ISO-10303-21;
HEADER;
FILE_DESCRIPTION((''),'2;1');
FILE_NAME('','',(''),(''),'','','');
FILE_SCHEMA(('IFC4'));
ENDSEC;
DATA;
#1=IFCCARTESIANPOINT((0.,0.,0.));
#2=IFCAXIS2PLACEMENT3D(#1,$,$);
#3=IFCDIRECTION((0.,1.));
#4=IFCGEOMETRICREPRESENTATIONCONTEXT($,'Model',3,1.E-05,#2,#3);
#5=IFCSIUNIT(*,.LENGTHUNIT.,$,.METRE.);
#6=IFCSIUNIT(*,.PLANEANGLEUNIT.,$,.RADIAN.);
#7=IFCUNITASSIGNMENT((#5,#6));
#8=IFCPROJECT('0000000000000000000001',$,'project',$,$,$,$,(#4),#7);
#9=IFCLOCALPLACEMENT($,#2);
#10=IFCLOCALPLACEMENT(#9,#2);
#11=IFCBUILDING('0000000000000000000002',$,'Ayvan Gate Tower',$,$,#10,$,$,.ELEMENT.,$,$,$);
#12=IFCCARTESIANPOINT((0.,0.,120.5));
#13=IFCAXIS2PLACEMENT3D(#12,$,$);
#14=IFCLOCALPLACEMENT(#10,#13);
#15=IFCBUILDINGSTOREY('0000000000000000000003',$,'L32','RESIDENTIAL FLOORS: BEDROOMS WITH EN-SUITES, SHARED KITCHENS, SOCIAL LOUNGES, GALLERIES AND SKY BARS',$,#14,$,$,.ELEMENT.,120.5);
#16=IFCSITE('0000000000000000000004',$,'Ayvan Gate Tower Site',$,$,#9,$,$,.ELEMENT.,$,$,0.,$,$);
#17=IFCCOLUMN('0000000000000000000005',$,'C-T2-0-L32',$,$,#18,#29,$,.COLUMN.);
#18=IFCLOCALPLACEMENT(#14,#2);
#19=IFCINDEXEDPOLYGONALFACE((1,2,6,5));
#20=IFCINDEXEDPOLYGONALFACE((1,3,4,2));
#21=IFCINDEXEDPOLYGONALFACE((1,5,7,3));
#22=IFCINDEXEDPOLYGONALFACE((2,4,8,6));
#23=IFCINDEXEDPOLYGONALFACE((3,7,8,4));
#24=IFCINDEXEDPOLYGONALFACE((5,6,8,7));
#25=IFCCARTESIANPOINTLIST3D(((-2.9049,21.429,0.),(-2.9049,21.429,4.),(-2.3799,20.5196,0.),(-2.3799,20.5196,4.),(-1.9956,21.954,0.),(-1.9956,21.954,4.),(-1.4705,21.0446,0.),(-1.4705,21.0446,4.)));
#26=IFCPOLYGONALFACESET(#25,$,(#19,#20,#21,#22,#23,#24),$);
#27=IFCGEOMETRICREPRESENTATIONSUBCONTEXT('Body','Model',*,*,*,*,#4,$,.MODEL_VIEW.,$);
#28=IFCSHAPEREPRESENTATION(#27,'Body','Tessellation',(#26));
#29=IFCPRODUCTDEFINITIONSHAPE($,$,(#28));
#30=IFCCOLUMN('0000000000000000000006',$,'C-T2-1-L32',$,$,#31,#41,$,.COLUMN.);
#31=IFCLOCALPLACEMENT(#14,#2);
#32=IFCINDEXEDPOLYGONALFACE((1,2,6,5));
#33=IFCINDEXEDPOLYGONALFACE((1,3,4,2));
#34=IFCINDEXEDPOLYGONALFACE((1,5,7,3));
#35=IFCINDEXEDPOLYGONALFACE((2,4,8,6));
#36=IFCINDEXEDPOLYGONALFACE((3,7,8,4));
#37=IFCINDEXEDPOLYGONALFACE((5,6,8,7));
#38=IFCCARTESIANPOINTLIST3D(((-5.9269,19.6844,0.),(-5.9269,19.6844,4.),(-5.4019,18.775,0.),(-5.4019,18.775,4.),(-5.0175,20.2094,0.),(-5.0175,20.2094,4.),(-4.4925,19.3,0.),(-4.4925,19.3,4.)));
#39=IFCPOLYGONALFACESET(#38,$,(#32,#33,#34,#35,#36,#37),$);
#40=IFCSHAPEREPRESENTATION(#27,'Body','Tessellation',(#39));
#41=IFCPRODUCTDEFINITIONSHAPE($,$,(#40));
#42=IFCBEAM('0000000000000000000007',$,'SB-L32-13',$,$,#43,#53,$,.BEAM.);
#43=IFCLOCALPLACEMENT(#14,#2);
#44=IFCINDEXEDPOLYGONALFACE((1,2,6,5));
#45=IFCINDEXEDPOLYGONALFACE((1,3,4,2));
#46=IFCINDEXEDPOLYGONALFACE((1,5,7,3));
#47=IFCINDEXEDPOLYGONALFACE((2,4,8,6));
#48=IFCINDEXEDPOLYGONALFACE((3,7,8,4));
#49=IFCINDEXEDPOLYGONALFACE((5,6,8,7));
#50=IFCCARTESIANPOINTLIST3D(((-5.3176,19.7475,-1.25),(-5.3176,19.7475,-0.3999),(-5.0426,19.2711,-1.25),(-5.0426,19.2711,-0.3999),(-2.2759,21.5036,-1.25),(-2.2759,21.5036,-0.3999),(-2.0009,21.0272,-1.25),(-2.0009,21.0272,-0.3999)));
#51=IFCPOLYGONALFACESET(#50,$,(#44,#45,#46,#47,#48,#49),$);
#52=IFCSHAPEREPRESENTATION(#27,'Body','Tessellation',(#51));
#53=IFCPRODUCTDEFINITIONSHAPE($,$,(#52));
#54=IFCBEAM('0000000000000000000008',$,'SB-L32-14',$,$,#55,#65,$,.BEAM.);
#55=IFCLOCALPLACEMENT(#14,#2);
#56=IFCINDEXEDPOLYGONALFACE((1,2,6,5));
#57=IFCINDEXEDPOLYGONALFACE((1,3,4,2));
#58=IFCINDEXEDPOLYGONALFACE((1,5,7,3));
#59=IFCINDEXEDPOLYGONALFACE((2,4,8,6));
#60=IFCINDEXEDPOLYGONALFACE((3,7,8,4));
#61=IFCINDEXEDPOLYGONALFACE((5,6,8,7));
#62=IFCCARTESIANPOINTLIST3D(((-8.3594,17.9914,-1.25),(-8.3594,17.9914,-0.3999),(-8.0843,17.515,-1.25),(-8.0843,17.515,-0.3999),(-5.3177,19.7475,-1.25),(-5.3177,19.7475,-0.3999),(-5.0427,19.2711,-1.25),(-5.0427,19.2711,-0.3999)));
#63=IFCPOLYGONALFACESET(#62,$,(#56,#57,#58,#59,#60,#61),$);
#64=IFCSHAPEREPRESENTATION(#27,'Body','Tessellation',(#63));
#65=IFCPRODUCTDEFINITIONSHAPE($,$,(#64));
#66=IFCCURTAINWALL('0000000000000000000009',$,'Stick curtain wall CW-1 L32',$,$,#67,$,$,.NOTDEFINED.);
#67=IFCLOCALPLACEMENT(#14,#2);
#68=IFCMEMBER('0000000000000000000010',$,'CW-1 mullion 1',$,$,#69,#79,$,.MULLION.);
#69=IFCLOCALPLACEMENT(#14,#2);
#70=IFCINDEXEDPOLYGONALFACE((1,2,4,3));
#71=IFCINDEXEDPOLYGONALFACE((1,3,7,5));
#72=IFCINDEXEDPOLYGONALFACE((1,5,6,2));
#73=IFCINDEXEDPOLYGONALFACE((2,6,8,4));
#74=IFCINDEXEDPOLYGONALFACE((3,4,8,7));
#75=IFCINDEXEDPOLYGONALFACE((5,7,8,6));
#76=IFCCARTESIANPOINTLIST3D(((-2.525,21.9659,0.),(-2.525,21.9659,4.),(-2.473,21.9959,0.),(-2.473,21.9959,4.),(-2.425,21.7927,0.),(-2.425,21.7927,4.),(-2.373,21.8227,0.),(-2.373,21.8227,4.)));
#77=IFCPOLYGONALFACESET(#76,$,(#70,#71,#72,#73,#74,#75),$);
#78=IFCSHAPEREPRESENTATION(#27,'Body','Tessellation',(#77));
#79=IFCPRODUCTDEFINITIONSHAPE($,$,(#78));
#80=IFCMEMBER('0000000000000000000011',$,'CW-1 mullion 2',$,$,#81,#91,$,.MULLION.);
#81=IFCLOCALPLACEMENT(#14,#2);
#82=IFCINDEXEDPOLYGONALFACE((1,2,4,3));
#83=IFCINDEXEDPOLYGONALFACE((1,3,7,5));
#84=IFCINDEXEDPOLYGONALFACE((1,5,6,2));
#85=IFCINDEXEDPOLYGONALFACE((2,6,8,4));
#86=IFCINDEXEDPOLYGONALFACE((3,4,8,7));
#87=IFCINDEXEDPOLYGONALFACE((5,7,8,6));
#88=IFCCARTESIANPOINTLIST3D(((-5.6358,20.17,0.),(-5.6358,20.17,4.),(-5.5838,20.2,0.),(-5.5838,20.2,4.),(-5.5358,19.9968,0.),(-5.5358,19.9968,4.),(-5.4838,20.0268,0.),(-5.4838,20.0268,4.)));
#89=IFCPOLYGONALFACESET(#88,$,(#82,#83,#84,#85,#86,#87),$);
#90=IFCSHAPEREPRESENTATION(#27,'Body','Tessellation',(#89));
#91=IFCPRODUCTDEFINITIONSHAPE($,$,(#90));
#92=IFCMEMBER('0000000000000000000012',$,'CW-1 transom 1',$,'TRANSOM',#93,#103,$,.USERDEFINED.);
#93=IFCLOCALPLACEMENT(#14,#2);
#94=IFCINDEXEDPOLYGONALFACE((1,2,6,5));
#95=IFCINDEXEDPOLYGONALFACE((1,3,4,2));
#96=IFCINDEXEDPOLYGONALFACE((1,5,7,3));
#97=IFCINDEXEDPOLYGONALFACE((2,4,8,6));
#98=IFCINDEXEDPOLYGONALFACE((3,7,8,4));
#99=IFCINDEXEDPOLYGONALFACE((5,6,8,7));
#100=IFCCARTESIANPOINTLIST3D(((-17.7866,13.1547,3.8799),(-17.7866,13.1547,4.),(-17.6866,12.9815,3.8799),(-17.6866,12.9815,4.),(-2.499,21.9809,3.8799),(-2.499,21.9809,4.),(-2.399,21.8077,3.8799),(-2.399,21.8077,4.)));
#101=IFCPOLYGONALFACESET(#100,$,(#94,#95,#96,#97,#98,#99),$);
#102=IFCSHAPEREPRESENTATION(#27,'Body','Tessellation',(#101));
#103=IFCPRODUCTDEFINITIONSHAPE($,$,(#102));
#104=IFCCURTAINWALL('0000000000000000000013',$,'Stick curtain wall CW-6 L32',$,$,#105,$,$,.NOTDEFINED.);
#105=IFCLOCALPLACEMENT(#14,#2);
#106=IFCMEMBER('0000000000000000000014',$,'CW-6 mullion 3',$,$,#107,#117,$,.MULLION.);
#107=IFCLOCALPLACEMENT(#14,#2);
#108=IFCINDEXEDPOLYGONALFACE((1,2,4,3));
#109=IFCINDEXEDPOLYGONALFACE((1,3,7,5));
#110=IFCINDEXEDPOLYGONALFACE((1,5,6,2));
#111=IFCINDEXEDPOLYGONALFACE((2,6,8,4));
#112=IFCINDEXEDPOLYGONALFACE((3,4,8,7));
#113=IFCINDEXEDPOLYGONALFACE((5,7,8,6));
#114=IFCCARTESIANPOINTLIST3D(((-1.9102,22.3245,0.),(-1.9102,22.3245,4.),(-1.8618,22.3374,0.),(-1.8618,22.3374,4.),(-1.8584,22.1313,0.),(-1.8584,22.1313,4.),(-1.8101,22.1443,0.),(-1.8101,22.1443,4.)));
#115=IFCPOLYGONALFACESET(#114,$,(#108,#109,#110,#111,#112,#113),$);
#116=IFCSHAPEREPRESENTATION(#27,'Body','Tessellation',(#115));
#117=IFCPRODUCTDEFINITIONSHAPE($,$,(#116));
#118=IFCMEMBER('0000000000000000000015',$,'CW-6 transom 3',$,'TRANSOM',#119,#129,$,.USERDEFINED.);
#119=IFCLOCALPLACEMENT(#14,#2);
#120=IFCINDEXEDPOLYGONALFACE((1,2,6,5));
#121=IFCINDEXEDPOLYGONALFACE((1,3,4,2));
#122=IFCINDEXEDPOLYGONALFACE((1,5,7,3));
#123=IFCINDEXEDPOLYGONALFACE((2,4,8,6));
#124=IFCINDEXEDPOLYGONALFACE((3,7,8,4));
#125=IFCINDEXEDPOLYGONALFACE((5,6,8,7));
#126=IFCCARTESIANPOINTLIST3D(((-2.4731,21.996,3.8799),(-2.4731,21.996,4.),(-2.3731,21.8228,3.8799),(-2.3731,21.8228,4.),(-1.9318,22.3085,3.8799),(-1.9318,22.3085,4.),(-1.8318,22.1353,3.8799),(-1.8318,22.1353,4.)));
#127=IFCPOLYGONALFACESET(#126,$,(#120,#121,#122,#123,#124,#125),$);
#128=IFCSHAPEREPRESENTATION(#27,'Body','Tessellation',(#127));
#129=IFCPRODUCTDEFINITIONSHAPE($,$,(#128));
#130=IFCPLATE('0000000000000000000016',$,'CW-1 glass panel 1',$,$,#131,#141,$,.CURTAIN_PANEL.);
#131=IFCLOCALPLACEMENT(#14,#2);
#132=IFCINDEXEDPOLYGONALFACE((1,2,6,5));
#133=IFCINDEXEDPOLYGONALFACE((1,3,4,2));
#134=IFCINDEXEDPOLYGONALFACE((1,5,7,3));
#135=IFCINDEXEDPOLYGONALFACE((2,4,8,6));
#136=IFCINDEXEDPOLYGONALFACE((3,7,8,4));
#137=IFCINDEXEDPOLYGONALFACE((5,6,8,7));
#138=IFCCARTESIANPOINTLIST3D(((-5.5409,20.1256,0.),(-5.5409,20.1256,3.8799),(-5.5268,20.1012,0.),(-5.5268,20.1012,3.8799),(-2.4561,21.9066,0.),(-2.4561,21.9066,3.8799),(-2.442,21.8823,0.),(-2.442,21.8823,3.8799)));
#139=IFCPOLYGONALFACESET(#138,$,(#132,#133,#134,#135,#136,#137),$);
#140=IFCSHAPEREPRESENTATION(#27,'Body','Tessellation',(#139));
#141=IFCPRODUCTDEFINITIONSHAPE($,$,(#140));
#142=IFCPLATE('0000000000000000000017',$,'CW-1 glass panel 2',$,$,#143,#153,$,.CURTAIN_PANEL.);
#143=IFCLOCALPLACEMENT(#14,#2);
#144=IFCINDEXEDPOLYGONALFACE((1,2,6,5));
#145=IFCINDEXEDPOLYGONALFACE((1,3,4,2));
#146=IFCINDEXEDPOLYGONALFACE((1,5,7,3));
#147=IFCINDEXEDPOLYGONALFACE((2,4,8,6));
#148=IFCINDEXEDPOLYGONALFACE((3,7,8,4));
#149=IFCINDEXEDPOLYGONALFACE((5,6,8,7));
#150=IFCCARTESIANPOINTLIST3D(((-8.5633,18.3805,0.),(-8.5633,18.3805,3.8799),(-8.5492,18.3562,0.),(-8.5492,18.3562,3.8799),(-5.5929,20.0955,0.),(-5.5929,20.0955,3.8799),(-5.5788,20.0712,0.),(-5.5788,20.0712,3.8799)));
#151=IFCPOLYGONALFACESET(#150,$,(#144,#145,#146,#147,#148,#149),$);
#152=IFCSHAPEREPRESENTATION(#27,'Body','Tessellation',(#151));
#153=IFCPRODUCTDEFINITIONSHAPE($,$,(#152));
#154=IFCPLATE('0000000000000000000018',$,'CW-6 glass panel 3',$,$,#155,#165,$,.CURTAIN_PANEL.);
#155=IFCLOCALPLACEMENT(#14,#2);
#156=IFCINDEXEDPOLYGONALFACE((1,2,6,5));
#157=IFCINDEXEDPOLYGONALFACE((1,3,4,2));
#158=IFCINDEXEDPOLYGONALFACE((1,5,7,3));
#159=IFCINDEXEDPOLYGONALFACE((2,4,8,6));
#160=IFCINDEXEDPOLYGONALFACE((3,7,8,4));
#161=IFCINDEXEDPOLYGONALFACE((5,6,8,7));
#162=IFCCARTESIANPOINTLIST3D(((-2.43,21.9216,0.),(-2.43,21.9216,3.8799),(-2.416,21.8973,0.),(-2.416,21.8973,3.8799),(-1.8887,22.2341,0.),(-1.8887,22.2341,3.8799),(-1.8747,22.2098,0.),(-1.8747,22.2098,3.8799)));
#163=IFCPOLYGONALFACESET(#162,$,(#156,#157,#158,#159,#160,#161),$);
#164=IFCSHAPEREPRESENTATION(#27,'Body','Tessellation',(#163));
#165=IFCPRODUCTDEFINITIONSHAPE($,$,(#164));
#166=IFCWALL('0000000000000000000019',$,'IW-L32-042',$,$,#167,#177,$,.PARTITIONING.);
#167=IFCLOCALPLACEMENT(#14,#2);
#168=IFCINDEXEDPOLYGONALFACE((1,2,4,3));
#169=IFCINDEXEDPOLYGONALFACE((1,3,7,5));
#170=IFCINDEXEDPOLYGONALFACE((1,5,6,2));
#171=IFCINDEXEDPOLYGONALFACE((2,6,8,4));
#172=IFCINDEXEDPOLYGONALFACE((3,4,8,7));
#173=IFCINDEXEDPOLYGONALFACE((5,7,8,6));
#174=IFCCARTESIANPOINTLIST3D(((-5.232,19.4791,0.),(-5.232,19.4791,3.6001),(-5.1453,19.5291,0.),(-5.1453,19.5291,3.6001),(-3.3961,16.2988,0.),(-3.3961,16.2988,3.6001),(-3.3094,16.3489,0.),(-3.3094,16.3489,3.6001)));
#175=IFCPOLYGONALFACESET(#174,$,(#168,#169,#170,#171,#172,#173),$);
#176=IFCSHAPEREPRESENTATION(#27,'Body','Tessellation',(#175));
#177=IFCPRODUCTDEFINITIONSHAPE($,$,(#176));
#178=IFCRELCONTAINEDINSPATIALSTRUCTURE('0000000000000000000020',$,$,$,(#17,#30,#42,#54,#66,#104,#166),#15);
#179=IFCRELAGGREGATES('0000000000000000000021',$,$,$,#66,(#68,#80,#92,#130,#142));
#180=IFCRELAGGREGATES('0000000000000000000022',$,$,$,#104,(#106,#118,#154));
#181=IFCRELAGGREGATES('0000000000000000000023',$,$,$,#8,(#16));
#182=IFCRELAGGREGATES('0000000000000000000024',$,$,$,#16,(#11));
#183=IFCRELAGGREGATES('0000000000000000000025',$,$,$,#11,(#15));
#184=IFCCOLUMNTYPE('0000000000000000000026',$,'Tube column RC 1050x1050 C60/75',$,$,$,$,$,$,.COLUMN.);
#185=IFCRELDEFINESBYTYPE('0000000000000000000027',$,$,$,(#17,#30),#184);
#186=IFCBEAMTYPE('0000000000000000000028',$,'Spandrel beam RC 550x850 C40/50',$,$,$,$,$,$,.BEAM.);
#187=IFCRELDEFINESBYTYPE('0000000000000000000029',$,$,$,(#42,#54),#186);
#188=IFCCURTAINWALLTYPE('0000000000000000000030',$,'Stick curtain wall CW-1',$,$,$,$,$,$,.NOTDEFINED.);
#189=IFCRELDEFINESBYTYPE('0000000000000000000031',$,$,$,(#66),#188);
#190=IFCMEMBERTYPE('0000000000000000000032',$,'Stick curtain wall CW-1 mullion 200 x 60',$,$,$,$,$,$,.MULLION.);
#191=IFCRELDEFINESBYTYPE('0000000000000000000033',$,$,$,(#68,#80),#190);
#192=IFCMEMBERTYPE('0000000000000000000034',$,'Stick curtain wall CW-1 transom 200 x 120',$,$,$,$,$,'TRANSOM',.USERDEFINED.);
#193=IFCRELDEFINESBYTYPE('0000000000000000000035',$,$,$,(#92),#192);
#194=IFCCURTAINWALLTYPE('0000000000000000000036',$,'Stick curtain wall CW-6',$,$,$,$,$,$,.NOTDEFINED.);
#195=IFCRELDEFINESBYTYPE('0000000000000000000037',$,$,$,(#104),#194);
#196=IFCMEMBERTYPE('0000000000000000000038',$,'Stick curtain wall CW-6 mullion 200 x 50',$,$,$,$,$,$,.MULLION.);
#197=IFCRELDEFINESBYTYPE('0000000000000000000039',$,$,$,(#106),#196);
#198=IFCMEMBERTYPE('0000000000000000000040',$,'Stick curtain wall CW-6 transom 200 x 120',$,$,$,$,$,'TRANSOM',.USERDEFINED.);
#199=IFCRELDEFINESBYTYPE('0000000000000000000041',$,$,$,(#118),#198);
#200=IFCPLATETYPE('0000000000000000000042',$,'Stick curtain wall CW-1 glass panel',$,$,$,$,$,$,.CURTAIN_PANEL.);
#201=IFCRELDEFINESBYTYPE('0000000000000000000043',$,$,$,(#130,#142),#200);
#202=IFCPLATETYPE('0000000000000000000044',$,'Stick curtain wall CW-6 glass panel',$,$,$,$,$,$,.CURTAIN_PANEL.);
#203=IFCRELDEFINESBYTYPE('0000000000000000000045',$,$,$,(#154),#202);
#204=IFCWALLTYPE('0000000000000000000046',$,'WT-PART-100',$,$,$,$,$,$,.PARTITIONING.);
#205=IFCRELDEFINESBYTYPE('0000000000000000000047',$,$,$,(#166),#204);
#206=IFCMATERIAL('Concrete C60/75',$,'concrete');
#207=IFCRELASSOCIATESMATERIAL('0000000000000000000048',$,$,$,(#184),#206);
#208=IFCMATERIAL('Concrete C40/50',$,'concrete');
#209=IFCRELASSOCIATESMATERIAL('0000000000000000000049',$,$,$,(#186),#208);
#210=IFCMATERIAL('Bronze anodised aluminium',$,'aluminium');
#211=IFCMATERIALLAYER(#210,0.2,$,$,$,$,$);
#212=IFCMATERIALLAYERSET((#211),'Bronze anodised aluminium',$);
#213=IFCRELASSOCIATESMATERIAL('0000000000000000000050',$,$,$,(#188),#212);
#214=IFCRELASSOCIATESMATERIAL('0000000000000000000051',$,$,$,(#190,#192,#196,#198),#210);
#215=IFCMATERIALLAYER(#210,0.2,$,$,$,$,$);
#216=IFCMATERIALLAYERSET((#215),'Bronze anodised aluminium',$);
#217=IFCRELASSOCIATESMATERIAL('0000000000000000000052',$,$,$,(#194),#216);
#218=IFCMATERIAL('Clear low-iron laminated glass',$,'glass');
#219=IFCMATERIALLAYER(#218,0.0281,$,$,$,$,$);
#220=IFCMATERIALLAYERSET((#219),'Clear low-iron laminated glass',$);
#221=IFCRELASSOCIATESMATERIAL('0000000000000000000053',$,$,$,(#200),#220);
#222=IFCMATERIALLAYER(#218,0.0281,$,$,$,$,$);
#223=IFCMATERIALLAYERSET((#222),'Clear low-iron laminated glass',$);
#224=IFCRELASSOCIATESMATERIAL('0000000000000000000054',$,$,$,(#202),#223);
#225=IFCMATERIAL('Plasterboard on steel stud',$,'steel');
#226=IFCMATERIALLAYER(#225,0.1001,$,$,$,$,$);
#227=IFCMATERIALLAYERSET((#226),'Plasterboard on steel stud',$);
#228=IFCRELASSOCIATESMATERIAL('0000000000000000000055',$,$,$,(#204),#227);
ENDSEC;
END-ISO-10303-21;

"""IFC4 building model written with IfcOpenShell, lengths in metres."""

from ifc_helpers import new_model, si_unit, direction, frame, frame_2d, origin, origin_2d, place, context, subcontext, project, spatial, rectangle, extrude, material, layer, layer_set, material_profile, profile_set, type_object, element, aggregate, save


model = new_model("IFC4")

# Units and contexts
model_context = context("Model", 3, precision=1e-05, world=origin(), true_north=direction((0.0, 1.0)))
body_context = subcontext(model_context, "Body", "Model", "MODEL_VIEW")
ifc_project = project(units=[si_unit("LENGTHUNIT", "METRE"), si_unit("PLANEANGLEUNIT", "RADIAN")], contexts=[model_context])

# Site, building, storey
site_placement = place(None, origin())
site = spatial("IfcSite", under=ifc_project, at=site_placement, Name="Ayvan Gate Tower Site", CompositionType="ELEMENT", RefElevation=0.0)
building_placement = place(site_placement, origin())
building = spatial("IfcBuilding", under=site, at=building_placement, Name="Ayvan Gate Tower", CompositionType="ELEMENT")
storey_placement = place(building_placement, frame((0.0, 0.0, 120.5)))
storey = spatial("IfcBuildingStorey", under=building, at=storey_placement, Name="L32", Description="RESIDENTIAL FLOORS: BEDROOMS WITH EN-SUITES, SHARED KITCHENS, SOCIAL LOUNGES, GALLERIES AND SKY BARS", CompositionType="ELEMENT", Elevation=120.5)

# Columns
ifc_material_1 = material(Name="Concrete C60/75", Category="concrete")
ifc_material_profile_1 = material_profile(ifc_material_1, rectangle(XDim=1.05, YDim=1.05, at=origin_2d()), Name="RC 1050x1050")
ifc_profile_set_1 = profile_set([ifc_material_profile_1], Name="Concrete C60/75")
column_type = type_object("IfcColumnType", Name="Tube column RC 1050x1050 C60/75", PredefinedType="COLUMN", material=ifc_profile_set_1)
for number, where, z_axis, x_axis, name in (
    (1, (-2.1877, 21.2368, 0.0), (0.0, 0.0, 1.0), (-0.5, 0.866025, 0.0), "C-T2-0-L32"),
    (2, (-5.2097, 19.4922, 0.0), (0.0, 0.0, 1.0), (-0.5, 0.866025, 0.0), "C-T2-1-L32"),
):
    element("IfcColumn", number, at=place(storey_placement, frame(where, z_axis=z_axis, x_axis=x_axis)), inside=storey, type_object=column_type, Name=name, PredefinedType="COLUMN", context=body_context, shape_type="SweptSolid", body=[
        extrude(rectangle(XDim=1.05, YDim=1.05, at=origin_2d()), origin(), (0.0, 0.0, 1.0), 4.0),
    ])

# Beams
ifc_material_2 = material(Name="Concrete C40/50", Category="concrete")
ifc_material_profile_2 = material_profile(ifc_material_2, rectangle(XDim=0.55, YDim=0.8501, at=origin_2d()), Name="RC 550x850")
ifc_profile_set_2 = profile_set([ifc_material_profile_2], Name="Concrete C40/50")
beam_type = type_object("IfcBeamType", Name="Spandrel beam RC 550x850 C40/50", PredefinedType="BEAM", material=ifc_profile_set_2)
for number, where, z_axis, x_axis, name in (
    (3, (-2.1384, 21.2654, -0.825), (-0.866032, -0.499989, 0.0), (0.499989, -0.866032, 0.0), "SB-L32-13"),
    (4, (-5.1802, 19.5093, -0.825), (-0.866032, -0.499989, 0.0), (0.499989, -0.866032, 0.0), "SB-L32-14"),
):
    element("IfcBeam", number, at=place(storey_placement, frame(where, z_axis=z_axis, x_axis=x_axis)), inside=storey, type_object=beam_type, Name=name, PredefinedType="BEAM", context=body_context, shape_type="SweptSolid", body=[
        extrude(rectangle(XDim=0.55, YDim=0.8501, at=origin_2d()), origin(), (0.0, 0.0, 1.0), 3.5122),
    ])

# Curtain walls, members
ifc_material_3 = material(Name="Bronze anodised aluminium", Category="aluminium")
ifc_layer_1 = layer(ifc_material_3, 0.2)
ifc_layer_set_1 = layer_set([ifc_layer_1], Name="Bronze anodised aluminium")
curtain_wall_type_1 = type_object("IfcCurtainWallType", Name="Stick curtain wall CW-1", PredefinedType="NOTDEFINED", material=ifc_layer_set_1)
curtain_wall_1_placement = place(storey_placement, origin())
curtain_wall_1 = element("IfcCurtainWall", 5, at=curtain_wall_1_placement, inside=storey, type_object=curtain_wall_type_1, Name="Stick curtain wall CW-1 L32", PredefinedType="NOTDEFINED")
ifc_material_profile_3 = material_profile(ifc_material_3, rectangle(XDim=0.2, YDim=0.0601, at=origin_2d()), Name="Stick curtain wall CW-1 mullion 200 x 60")
ifc_profile_set_3 = profile_set([ifc_material_profile_3], Name="Bronze anodised aluminium")
member_type_1 = type_object("IfcMemberType", Name="Stick curtain wall CW-1 mullion 200 x 60", PredefinedType="MULLION", material=ifc_profile_set_3)
member_1_placement = place(storey_placement, frame((-2.449, 21.8943, 0.0), z_axis=(0.0, 0.0, 1.0), x_axis=(-0.5, 0.866025, 0.0)))
member_1 = element("IfcMember", 6, at=member_1_placement, type_object=member_type_1, Name="CW-1 mullion 1", PredefinedType="MULLION", context=body_context, shape_type="SweptSolid", body=[
    extrude(rectangle(XDim=0.2, YDim=0.0601, at=origin_2d()), origin(), (0.0, 0.0, 1.0), 4.0),
])
member_2_placement = place(storey_placement, frame((-5.5598, 20.0984, 0.0), z_axis=(0.0, 0.0, 1.0), x_axis=(-0.5, 0.866025, 0.0)))
member_2 = element("IfcMember", 7, at=member_2_placement, type_object=member_type_1, Name="CW-1 mullion 2", PredefinedType="MULLION", context=body_context, shape_type="SweptSolid", body=[
    extrude(rectangle(XDim=0.2, YDim=0.0601, at=origin_2d()), origin(), (0.0, 0.0, 1.0), 4.0),
])
ifc_material_profile_4 = material_profile(ifc_material_3, rectangle(XDim=0.2, YDim=0.1201, at=origin_2d()), Name="Stick curtain wall CW-1 transom 200 x 120")
ifc_profile_set_4 = profile_set([ifc_material_profile_4], Name="Bronze anodised aluminium")
member_type_2 = type_object("IfcMemberType", Name="Stick curtain wall CW-1 transom 200 x 120", ElementType="TRANSOM", PredefinedType="USERDEFINED", material=ifc_profile_set_4)
member_3_placement = place(storey_placement, frame((-2.449, 21.8943, 3.9399), z_axis=(-0.866029, -0.499995, 0.0), x_axis=(0.499995, -0.866029, 0.0)))
member_3 = element("IfcMember", 8, at=member_3_placement, type_object=member_type_2, Name="CW-1 transom 1", ObjectType="TRANSOM", PredefinedType="USERDEFINED", context=body_context, shape_type="SweptSolid", body=[
    extrude(rectangle(XDim=0.2, YDim=0.1201, at=origin_2d()), origin(), (0.0, 0.0, 1.0), 17.6526),
])
ifc_layer_2 = layer(ifc_material_3, 0.2)
ifc_layer_set_2 = layer_set([ifc_layer_2], Name="Bronze anodised aluminium")
curtain_wall_type_2 = type_object("IfcCurtainWallType", Name="Stick curtain wall CW-6", PredefinedType="NOTDEFINED", material=ifc_layer_set_2)
curtain_wall_2_placement = place(storey_placement, origin())
curtain_wall_2 = element("IfcCurtainWall", 9, at=curtain_wall_2_placement, inside=storey, type_object=curtain_wall_type_2, Name="Stick curtain wall CW-6 L32", PredefinedType="NOTDEFINED")
ifc_material_profile_5 = material_profile(ifc_material_3, rectangle(XDim=0.2, YDim=0.05, at=origin_2d()), Name="Stick curtain wall CW-6 mullion 200 x 50")
ifc_profile_set_5 = profile_set([ifc_material_profile_5], Name="Bronze anodised aluminium")
member_type_3 = type_object("IfcMemberType", Name="Stick curtain wall CW-6 mullion 200 x 50", PredefinedType="MULLION", material=ifc_profile_set_5)
member_4_placement = place(storey_placement, frame((-1.8601, 22.2344, 0.0), z_axis=(0.0, 0.0, 1.0), x_axis=(-0.258819, 0.965926, 0.0)))
member_4 = element("IfcMember", 10, at=member_4_placement, type_object=member_type_3, Name="CW-6 mullion 3", PredefinedType="MULLION", context=body_context, shape_type="SweptSolid", body=[
    extrude(rectangle(XDim=0.2, YDim=0.05, at=origin_2d()), origin(), (0.0, 0.0, 1.0), 4.0),
])
ifc_material_profile_6 = material_profile(ifc_material_3, rectangle(XDim=0.2, YDim=0.1201, at=origin_2d()), Name="Stick curtain wall CW-6 transom 200 x 120")
ifc_profile_set_6 = profile_set([ifc_material_profile_6], Name="Bronze anodised aluminium")
member_type_4 = type_object("IfcMemberType", Name="Stick curtain wall CW-6 transom 200 x 120", ElementType="TRANSOM", PredefinedType="USERDEFINED", material=ifc_profile_set_6)
member_5_placement = place(storey_placement, frame((-1.8818, 22.2219, 3.9399), z_axis=(-0.866023, -0.500004, 0.0), x_axis=(0.500004, -0.866023, 0.0)))
member_5 = element("IfcMember", 11, at=member_5_placement, type_object=member_type_4, Name="CW-6 transom 3", ObjectType="TRANSOM", PredefinedType="USERDEFINED", context=body_context, shape_type="SweptSolid", body=[
    extrude(rectangle(XDim=0.2, YDim=0.1201, at=origin_2d()), origin(), (0.0, 0.0, 1.0), 0.625),
])

# Plates
ifc_material_4 = material(Name="Clear low-iron laminated glass", Category="glass")
ifc_layer_3 = layer(ifc_material_4, 0.0281)
ifc_layer_set_3 = layer_set([ifc_layer_3], Name="Clear low-iron laminated glass")
plate_type_1 = type_object("IfcPlateType", Name="Stick curtain wall CW-1 glass panel", PredefinedType="CURTAIN_PANEL", material=ifc_layer_set_3)
plate_1_placement = place(storey_placement, frame((-3.9915, 21.0039, 0.0), z_axis=(0.0, 0.0, 1.0), x_axis=(-0.866025, -0.5, 0.0)))
plate_1 = element("IfcPlate", 12, at=plate_1_placement, type_object=plate_type_1, Name="CW-1 glass panel 1", PredefinedType="CURTAIN_PANEL", context=body_context, shape_type="SweptSolid", body=[
    extrude(rectangle(XDim=3.562, YDim=0.0281, at=origin_2d()), origin(), (0.0, 0.0, 1.0), 3.8799),
])
plate_2_placement = place(storey_placement, frame((-7.071, 19.2258, 0.0), z_axis=(0.0, 0.0, 1.0), x_axis=(-0.866025, -0.5, 0.0)))
plate_2 = element("IfcPlate", 13, at=plate_2_placement, type_object=plate_type_1, Name="CW-1 glass panel 2", PredefinedType="CURTAIN_PANEL", context=body_context, shape_type="SweptSolid", body=[
    extrude(rectangle(XDim=3.4299, YDim=0.0281, at=origin_2d()), origin(), (0.0, 0.0, 1.0), 3.8799),
])
aggregate(curtain_wall_1, [member_1, member_2, member_3, plate_1, plate_2])
ifc_layer_4 = layer(ifc_material_4, 0.0281)
ifc_layer_set_4 = layer_set([ifc_layer_4], Name="Clear low-iron laminated glass")
plate_type_2 = type_object("IfcPlateType", Name="Stick curtain wall CW-6 glass panel", PredefinedType="CURTAIN_PANEL", material=ifc_layer_set_4)
plate_3_placement = place(storey_placement, frame((-2.1523, 22.0657, 0.0), z_axis=(0.0, 0.0, 1.0), x_axis=(-0.866025, -0.5, 0.0)))
plate_3 = element("IfcPlate", 14, at=plate_3_placement, type_object=plate_type_2, Name="CW-6 glass panel 3", PredefinedType="CURTAIN_PANEL", context=body_context, shape_type="SweptSolid", body=[
    extrude(rectangle(XDim=0.625, YDim=0.0281, at=origin_2d()), origin(), (0.0, 0.0, 1.0), 3.8799),
])
aggregate(curtain_wall_2, [member_4, member_5, plate_3])

# Wall
ifc_material_5 = material(Name="Plasterboard on steel stud", Category="steel")
ifc_layer_5 = layer(ifc_material_5, 0.1001)
ifc_layer_set_5 = layer_set([ifc_layer_5], Name="Plasterboard on steel stud")
wall_type = type_object("IfcWallType", Name="WT-PART-100", PredefinedType="PARTITIONING", material=ifc_layer_set_5)
wall_placement = place(storey_placement, frame((-3.3528, 16.324, 0.0), z_axis=(0.0, 0.0, 1.0), x_axis=(-0.499972, 0.866042, 0.0)))
element("IfcWall", 15, at=wall_placement, inside=storey, type_object=wall_type, Name="IW-L32-042", PredefinedType="PARTITIONING", context=body_context, shape_type="SweptSolid", body=[
    extrude(rectangle(XDim=3.6721, YDim=0.1001, at=frame_2d((1.8359, 0.0))), origin(), (0.0, 0.0, 1.0), 3.6001),
])

save(model, "model.ifc")
